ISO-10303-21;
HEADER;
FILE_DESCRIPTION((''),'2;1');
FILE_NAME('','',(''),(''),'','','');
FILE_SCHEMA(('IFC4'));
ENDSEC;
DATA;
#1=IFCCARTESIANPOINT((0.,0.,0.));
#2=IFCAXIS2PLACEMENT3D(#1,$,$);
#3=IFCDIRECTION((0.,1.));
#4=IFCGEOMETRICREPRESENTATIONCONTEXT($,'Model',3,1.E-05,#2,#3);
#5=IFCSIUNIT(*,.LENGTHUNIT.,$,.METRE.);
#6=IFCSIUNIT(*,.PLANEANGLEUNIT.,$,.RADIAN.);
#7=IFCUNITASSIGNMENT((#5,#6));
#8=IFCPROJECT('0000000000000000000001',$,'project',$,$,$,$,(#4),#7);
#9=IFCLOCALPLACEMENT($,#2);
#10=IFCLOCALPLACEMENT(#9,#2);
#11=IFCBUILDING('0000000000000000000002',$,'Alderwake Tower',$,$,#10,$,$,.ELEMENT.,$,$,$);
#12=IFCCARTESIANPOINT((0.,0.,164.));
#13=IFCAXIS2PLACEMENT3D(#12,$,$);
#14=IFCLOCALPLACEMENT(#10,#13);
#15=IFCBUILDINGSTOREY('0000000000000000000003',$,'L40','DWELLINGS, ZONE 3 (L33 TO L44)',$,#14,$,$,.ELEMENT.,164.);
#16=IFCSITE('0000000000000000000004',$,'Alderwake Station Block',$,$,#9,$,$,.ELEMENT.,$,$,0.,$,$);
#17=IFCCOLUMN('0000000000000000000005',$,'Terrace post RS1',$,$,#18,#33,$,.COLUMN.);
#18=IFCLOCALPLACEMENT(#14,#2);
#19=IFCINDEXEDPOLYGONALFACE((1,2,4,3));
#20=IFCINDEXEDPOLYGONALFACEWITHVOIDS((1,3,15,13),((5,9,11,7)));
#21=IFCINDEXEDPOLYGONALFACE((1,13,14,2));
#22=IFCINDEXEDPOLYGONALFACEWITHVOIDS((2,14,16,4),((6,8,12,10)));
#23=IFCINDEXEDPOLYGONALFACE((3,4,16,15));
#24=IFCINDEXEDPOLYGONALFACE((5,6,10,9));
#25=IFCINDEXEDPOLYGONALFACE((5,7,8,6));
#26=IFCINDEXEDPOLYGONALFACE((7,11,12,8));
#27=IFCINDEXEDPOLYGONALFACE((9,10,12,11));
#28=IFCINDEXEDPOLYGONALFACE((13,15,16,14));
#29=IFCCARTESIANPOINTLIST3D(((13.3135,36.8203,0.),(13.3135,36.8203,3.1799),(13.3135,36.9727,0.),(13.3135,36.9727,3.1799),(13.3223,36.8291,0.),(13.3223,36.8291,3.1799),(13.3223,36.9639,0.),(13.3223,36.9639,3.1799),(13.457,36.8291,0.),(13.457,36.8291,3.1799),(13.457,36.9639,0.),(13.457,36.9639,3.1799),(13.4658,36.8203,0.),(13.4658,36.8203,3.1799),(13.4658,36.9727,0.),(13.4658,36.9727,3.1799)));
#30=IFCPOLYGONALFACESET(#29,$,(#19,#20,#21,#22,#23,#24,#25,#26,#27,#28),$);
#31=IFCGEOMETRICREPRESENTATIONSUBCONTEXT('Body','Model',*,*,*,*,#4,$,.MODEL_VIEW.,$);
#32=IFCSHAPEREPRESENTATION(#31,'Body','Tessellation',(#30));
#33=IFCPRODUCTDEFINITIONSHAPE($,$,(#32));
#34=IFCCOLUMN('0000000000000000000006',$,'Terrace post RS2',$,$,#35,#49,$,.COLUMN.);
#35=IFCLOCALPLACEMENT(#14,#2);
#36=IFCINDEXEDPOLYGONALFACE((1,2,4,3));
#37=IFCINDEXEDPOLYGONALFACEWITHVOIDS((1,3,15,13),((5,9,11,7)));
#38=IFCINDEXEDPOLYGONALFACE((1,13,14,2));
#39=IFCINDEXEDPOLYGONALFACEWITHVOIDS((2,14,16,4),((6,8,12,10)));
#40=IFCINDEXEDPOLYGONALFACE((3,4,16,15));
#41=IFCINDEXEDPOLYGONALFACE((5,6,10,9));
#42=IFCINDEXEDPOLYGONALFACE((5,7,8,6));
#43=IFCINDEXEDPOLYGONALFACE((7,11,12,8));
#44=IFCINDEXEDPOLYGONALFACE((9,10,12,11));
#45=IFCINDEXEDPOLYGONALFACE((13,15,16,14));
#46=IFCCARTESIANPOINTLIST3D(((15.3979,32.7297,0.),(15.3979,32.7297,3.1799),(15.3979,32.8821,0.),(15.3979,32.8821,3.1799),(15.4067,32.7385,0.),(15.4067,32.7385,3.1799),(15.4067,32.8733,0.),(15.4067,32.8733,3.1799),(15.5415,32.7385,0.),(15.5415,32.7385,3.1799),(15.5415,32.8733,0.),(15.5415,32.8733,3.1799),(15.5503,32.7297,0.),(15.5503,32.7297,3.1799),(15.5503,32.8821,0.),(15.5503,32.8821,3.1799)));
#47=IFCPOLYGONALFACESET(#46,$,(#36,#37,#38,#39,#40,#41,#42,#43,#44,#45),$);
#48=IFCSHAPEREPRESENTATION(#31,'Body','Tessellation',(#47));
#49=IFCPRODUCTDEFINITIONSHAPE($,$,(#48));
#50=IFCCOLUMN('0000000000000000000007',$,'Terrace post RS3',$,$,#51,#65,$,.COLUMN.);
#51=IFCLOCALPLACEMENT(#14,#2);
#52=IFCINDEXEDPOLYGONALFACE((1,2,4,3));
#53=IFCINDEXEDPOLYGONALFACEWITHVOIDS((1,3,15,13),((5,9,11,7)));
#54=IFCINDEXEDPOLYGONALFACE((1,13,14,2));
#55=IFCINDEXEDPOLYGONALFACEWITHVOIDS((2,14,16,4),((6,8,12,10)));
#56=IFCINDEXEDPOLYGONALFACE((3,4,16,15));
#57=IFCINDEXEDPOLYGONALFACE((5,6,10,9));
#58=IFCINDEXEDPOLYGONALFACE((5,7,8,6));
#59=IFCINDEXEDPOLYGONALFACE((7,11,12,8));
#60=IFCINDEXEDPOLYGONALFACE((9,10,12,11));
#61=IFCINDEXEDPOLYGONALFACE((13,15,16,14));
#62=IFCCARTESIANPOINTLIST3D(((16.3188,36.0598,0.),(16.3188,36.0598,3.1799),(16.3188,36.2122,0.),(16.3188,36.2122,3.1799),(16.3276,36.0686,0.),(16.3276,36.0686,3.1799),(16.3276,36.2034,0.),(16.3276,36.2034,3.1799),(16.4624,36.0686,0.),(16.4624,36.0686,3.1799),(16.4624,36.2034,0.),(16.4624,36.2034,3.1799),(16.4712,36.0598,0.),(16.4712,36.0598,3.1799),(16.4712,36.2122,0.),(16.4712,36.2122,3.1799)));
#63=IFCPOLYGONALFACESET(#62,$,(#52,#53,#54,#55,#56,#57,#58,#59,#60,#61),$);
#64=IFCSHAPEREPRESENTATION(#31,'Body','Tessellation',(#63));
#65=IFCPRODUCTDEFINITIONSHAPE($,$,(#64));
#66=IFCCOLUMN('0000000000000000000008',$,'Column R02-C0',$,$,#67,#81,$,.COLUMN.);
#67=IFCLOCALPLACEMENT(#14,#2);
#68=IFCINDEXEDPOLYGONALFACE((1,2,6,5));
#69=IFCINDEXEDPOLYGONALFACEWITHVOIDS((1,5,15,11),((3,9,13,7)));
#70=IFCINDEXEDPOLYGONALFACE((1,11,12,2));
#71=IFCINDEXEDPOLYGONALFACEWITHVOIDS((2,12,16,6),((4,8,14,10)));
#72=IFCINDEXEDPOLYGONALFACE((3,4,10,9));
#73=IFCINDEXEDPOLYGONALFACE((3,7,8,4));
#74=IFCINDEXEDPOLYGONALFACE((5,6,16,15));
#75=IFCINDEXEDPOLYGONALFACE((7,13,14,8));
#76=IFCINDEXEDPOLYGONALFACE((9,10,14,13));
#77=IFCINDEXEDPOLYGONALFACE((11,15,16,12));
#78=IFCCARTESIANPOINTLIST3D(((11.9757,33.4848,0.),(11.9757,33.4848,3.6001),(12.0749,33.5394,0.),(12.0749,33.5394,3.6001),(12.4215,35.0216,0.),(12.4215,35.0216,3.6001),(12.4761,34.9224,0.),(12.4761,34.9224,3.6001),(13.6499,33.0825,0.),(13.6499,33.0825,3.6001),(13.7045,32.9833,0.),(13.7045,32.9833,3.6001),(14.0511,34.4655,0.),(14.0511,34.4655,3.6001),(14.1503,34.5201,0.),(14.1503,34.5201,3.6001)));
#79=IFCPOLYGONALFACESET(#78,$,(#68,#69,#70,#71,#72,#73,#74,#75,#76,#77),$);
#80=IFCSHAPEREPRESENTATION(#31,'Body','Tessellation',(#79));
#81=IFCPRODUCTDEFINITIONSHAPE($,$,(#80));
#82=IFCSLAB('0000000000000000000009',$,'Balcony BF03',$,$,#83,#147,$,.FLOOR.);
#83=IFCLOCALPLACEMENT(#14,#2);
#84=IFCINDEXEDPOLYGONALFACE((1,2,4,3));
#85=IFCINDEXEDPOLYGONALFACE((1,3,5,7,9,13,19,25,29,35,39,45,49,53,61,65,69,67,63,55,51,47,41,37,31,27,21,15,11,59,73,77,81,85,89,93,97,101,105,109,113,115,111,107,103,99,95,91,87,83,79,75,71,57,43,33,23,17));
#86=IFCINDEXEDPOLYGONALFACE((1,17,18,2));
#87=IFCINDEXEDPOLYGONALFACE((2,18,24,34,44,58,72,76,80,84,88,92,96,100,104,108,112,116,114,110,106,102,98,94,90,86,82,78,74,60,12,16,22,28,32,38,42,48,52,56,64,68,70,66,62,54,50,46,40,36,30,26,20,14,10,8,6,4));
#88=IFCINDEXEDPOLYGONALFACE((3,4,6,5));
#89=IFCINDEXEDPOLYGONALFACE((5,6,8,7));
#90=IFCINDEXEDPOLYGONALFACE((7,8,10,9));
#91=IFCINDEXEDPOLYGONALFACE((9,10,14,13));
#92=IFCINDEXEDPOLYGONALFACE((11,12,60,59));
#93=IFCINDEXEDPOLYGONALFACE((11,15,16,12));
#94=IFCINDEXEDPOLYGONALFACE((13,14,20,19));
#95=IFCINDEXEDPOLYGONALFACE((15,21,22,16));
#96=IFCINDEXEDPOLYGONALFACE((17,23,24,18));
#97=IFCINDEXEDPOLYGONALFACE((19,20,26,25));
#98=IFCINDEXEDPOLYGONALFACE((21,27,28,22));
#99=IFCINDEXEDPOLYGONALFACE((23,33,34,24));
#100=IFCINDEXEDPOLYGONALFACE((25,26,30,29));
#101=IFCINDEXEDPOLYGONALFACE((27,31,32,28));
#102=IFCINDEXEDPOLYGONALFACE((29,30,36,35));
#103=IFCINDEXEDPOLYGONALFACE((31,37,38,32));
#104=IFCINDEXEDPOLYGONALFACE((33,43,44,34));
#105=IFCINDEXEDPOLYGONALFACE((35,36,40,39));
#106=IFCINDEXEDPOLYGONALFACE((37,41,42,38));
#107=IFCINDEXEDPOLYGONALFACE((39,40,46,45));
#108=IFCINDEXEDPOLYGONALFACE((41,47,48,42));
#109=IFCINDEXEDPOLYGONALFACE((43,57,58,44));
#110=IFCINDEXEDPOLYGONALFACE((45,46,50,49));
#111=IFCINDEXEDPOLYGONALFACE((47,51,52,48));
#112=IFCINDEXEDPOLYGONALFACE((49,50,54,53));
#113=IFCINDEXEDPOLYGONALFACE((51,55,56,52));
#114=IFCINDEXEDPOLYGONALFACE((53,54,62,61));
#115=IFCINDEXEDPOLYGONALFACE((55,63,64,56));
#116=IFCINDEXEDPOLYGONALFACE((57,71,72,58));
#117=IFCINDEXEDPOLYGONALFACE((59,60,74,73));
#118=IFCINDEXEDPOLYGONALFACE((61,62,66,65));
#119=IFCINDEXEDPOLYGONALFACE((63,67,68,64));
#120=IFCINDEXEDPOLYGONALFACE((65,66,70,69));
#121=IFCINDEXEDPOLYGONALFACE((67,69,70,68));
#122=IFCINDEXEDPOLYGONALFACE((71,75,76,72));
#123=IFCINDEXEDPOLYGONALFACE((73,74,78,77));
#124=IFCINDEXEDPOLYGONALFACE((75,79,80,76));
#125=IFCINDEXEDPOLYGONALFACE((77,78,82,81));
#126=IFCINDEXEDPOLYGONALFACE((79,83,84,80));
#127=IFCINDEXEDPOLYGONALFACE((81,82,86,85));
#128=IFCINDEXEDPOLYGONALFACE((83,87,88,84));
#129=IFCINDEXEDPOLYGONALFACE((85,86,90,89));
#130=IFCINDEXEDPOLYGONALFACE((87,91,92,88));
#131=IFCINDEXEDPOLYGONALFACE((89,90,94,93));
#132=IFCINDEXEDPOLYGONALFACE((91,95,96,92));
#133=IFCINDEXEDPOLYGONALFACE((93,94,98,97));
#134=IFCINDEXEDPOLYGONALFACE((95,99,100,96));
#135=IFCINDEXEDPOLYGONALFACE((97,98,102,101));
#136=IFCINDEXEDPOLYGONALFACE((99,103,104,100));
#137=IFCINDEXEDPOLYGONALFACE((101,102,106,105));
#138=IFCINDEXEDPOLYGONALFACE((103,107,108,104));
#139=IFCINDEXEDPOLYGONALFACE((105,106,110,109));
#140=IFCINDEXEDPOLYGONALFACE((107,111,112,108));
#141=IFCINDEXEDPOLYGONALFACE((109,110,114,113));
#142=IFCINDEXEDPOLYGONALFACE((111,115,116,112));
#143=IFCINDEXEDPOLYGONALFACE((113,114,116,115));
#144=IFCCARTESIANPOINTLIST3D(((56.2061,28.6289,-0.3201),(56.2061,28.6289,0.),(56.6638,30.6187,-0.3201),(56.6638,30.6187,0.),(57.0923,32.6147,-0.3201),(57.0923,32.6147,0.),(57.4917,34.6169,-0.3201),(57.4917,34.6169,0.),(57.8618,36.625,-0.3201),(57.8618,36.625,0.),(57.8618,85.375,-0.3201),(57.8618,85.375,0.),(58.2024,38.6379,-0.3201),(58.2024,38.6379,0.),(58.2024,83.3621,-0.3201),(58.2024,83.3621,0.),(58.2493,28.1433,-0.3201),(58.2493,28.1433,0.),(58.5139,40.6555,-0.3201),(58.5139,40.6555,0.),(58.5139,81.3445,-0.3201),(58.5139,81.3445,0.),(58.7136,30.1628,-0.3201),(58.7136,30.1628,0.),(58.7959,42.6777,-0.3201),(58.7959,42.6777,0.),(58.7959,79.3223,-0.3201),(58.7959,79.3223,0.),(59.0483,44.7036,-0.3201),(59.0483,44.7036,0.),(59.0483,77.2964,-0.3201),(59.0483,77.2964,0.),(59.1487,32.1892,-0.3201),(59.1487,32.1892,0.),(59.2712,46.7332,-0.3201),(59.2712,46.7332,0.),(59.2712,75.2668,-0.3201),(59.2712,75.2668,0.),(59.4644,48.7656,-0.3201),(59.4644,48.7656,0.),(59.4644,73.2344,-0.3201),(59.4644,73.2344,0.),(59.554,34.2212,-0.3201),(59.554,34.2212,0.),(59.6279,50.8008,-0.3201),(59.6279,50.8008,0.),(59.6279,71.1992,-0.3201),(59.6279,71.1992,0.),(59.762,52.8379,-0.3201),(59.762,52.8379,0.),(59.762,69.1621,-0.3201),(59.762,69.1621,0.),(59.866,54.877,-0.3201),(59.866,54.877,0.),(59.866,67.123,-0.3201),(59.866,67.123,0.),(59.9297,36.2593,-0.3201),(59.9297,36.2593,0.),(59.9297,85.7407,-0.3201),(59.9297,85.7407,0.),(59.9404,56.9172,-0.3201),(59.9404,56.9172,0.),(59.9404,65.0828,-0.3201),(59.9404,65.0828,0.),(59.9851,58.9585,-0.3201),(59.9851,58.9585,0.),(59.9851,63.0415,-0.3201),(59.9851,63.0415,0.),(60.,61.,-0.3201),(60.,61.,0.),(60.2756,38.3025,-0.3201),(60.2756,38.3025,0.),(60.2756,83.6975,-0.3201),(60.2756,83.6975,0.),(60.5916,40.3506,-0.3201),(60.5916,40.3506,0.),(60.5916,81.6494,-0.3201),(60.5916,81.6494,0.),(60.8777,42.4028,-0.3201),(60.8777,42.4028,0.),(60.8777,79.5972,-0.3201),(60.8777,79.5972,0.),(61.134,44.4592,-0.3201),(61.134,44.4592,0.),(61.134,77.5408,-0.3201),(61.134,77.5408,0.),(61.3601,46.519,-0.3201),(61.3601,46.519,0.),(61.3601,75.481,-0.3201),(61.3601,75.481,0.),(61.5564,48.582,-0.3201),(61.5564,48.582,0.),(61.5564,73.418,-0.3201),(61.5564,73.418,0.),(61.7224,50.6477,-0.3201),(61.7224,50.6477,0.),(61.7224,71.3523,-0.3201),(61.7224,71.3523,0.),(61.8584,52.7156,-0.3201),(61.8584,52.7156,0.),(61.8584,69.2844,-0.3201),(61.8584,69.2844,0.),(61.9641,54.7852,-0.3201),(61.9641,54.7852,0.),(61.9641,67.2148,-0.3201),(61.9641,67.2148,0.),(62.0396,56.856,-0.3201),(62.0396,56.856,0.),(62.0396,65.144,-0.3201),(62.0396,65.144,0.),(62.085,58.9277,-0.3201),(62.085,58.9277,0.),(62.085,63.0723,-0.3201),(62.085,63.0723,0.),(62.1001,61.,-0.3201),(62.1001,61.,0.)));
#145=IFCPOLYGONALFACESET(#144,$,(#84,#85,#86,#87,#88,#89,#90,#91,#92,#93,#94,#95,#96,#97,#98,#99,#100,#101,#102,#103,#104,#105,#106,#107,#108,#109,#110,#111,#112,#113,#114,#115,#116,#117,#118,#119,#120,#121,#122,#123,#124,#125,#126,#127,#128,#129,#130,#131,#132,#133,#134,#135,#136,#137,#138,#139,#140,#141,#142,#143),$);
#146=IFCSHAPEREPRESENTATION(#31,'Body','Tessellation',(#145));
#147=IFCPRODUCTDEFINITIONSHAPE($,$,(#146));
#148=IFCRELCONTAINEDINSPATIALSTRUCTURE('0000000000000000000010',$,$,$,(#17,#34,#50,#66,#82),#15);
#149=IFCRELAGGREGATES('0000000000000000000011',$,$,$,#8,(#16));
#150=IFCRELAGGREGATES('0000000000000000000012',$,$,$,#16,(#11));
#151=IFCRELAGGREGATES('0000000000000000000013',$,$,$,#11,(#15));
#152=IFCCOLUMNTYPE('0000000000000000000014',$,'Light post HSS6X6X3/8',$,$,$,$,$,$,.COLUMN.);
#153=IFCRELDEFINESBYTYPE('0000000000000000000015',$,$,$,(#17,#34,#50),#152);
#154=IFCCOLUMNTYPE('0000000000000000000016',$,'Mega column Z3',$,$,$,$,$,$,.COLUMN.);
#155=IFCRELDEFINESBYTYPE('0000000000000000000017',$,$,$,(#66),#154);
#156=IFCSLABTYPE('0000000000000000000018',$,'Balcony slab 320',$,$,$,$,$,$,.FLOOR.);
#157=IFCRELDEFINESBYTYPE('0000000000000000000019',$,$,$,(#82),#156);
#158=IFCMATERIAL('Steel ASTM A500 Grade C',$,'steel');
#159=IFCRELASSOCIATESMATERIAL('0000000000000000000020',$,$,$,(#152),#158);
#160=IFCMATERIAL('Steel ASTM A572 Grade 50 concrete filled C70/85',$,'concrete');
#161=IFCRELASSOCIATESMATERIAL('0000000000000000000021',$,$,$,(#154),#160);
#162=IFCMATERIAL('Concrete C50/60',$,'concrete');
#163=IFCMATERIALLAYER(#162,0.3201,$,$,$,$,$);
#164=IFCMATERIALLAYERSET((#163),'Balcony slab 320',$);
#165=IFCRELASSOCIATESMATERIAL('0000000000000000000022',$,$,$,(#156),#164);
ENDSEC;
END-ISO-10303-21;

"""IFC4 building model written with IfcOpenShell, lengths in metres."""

from ifc_helpers import new_model, si_unit, direction, frame, origin, origin_2d, place, context, subcontext, project, spatial, polyline, hollow_rectangle, outline, extrude, material, layer, layer_set, material_profile, profile_set, type_object, element, save


model = new_model("IFC4")

# Units and contexts
model_context = context("Model", 3, precision=1e-05, world=origin(), true_north=direction((0.0, 1.0)))
body_context = subcontext(model_context, "Body", "Model", "MODEL_VIEW")
ifc_project = project(units=[si_unit("LENGTHUNIT", "METRE"), si_unit("PLANEANGLEUNIT", "RADIAN")], contexts=[model_context])

# Site, building, storey
site_placement = place(None, origin())
site = spatial("IfcSite", under=ifc_project, at=site_placement, Name="Alderwake Station Block", CompositionType="ELEMENT", RefElevation=0.0)
building_placement = place(site_placement, origin())
building = spatial("IfcBuilding", under=site, at=building_placement, Name="Alderwake Tower", CompositionType="ELEMENT")
storey_placement = place(building_placement, frame((0.0, 0.0, 164.0)))
storey = spatial("IfcBuildingStorey", under=building, at=storey_placement, Name="L40", Description="DWELLINGS, ZONE 3 (L33 TO L44)", CompositionType="ELEMENT", Elevation=164.0)

# Columns
ifc_material_1 = material(Name="Steel ASTM A500 Grade C", Category="steel")
ifc_material_profile_1 = material_profile(ifc_material_1, hollow_rectangle(XDim=0.1523, YDim=0.1523, WallThickness=0.0088, at=origin_2d()), Name="HSS6X6X3/8")
ifc_profile_set_1 = profile_set([ifc_material_profile_1], Name="Steel ASTM A500 Grade C")
column_type_1 = type_object("IfcColumnType", Name="Light post HSS6X6X3/8", PredefinedType="COLUMN", material=ifc_profile_set_1)
for number, where, z_axis, x_axis, name in (
    (1, (13.3896, 36.8965, 0.0), (0.0, 0.0, 1.0), (1.0, 0.0, 0.0), "Terrace post RS1"),
    (2, (15.4741, 32.8059, 0.0), (0.0, 0.0, 1.0), (1.0, 0.0, 0.0), "Terrace post RS2"),
    (3, (16.395, 36.136, 0.0), (0.0, 0.0, 1.0), (1.0, 0.0, 0.0), "Terrace post RS3"),
):
    element("IfcColumn", number, at=place(storey_placement, frame(where, z_axis=z_axis, x_axis=x_axis)), inside=storey, type_object=column_type_1, Name=name, PredefinedType="COLUMN", context=body_context, shape_type="SweptSolid", body=[
        extrude(hollow_rectangle(XDim=0.1523, YDim=0.1523, WallThickness=0.0088, at=origin_2d()), origin(), (0.0, 0.0, 1.0), 3.1799),
    ])
ifc_material_2 = material(Name="Steel ASTM A572 Grade 50 concrete filled C70/85", Category="concrete")
ifc_material_profile_2 = material_profile(ifc_material_2, hollow_rectangle(XDim=1.6001, YDim=1.8, WallThickness=0.0801, at=origin_2d()), Name="BOX 1800X1600X80")
ifc_profile_set_2 = profile_set([ifc_material_profile_2], Name="Steel ASTM A572 Grade 50 concrete filled C70/85")
column_type_2 = type_object("IfcColumnType", Name="Mega column Z3", PredefinedType="COLUMN", material=ifc_profile_set_2)
column_placement = place(storey_placement, frame((13.063, 34.0024, 0.0), z_axis=(0.0, 0.0, 1.0), x_axis=(0.278612, 0.960404, 0.0)))
element("IfcColumn", 4, at=column_placement, inside=storey, type_object=column_type_2, Name="Column R02-C0", PredefinedType="COLUMN", context=body_context, shape_type="SweptSolid", body=[
    extrude(hollow_rectangle(XDim=1.6001, YDim=1.8, WallThickness=0.0801, at=origin_2d()), origin(), (0.0, 0.0, 1.0), 3.6001),
])

# Slab
ifc_material_3 = material(Name="Concrete C50/60", Category="concrete")
ifc_layer_1 = layer(ifc_material_3, 0.3201)
ifc_layer_set_1 = layer_set([ifc_layer_1], Name="Balcony slab 320")
slab_type_1 = type_object("IfcSlabType", Name="Balcony slab 320", PredefinedType="FLOOR", material=ifc_layer_set_1)
slab_1_placement = place(storey_placement, frame((0.0, 0.0, -0.3201)))
element("IfcSlab", 5, at=slab_1_placement, inside=storey, type_object=slab_type_1, Name="Balcony BF03", PredefinedType="FLOOR", context=body_context, shape_type="SweptSolid", body=[
    extrude(outline(polyline([(58.7136, 30.1628), (59.1487, 32.1892), (59.554, 34.2212), (59.9297, 36.2593), (60.2756, 38.3025), (60.5916, 40.3506), (60.8777, 42.4028), (61.134, 44.4592), (61.3601, 46.519), (61.5564, 48.582), (61.7224, 50.6477), (61.8584, 52.7156), (61.9641, 54.7852), (62.0396, 56.856), (62.085, 58.9277), (62.1001, 61.0), (62.085, 63.0723), (62.0396, 65.144), (61.9641, 67.2148), (61.8584, 69.2844), (61.7224, 71.3523), (61.5564, 73.418), (61.3601, 75.481), (61.134, 77.5408), (60.8777, 79.5972), (60.5916, 81.6494), (60.2756, 83.6975), (59.9297, 85.7407), (57.8618, 85.375), (58.2024, 83.3621), (58.5139, 81.3445), (58.7959, 79.3223), (59.0483, 77.2964), (59.2712, 75.2668), (59.4644, 73.2344), (59.6279, 71.1992), (59.762, 69.1621), (59.866, 67.123), (59.9404, 65.0828), (59.9851, 63.0415), (60.0, 61.0), (59.9851, 58.9585), (59.9404, 56.9172), (59.866, 54.877), (59.762, 52.8379), (59.6279, 50.8008), (59.4644, 48.7656), (59.2712, 46.7332), (59.0483, 44.7036), (58.7959, 42.6777), (58.5139, 40.6555), (58.2024, 38.6379), (57.8618, 36.625), (57.4917, 34.6169), (57.0923, 32.6147), (56.6638, 30.6187), (56.2061, 28.6289), (58.2493, 28.1433), (58.7136, 30.1628)])), origin(), (0.0, 0.0, 1.0), 0.3201),
])

save(model, "model.ifc")
